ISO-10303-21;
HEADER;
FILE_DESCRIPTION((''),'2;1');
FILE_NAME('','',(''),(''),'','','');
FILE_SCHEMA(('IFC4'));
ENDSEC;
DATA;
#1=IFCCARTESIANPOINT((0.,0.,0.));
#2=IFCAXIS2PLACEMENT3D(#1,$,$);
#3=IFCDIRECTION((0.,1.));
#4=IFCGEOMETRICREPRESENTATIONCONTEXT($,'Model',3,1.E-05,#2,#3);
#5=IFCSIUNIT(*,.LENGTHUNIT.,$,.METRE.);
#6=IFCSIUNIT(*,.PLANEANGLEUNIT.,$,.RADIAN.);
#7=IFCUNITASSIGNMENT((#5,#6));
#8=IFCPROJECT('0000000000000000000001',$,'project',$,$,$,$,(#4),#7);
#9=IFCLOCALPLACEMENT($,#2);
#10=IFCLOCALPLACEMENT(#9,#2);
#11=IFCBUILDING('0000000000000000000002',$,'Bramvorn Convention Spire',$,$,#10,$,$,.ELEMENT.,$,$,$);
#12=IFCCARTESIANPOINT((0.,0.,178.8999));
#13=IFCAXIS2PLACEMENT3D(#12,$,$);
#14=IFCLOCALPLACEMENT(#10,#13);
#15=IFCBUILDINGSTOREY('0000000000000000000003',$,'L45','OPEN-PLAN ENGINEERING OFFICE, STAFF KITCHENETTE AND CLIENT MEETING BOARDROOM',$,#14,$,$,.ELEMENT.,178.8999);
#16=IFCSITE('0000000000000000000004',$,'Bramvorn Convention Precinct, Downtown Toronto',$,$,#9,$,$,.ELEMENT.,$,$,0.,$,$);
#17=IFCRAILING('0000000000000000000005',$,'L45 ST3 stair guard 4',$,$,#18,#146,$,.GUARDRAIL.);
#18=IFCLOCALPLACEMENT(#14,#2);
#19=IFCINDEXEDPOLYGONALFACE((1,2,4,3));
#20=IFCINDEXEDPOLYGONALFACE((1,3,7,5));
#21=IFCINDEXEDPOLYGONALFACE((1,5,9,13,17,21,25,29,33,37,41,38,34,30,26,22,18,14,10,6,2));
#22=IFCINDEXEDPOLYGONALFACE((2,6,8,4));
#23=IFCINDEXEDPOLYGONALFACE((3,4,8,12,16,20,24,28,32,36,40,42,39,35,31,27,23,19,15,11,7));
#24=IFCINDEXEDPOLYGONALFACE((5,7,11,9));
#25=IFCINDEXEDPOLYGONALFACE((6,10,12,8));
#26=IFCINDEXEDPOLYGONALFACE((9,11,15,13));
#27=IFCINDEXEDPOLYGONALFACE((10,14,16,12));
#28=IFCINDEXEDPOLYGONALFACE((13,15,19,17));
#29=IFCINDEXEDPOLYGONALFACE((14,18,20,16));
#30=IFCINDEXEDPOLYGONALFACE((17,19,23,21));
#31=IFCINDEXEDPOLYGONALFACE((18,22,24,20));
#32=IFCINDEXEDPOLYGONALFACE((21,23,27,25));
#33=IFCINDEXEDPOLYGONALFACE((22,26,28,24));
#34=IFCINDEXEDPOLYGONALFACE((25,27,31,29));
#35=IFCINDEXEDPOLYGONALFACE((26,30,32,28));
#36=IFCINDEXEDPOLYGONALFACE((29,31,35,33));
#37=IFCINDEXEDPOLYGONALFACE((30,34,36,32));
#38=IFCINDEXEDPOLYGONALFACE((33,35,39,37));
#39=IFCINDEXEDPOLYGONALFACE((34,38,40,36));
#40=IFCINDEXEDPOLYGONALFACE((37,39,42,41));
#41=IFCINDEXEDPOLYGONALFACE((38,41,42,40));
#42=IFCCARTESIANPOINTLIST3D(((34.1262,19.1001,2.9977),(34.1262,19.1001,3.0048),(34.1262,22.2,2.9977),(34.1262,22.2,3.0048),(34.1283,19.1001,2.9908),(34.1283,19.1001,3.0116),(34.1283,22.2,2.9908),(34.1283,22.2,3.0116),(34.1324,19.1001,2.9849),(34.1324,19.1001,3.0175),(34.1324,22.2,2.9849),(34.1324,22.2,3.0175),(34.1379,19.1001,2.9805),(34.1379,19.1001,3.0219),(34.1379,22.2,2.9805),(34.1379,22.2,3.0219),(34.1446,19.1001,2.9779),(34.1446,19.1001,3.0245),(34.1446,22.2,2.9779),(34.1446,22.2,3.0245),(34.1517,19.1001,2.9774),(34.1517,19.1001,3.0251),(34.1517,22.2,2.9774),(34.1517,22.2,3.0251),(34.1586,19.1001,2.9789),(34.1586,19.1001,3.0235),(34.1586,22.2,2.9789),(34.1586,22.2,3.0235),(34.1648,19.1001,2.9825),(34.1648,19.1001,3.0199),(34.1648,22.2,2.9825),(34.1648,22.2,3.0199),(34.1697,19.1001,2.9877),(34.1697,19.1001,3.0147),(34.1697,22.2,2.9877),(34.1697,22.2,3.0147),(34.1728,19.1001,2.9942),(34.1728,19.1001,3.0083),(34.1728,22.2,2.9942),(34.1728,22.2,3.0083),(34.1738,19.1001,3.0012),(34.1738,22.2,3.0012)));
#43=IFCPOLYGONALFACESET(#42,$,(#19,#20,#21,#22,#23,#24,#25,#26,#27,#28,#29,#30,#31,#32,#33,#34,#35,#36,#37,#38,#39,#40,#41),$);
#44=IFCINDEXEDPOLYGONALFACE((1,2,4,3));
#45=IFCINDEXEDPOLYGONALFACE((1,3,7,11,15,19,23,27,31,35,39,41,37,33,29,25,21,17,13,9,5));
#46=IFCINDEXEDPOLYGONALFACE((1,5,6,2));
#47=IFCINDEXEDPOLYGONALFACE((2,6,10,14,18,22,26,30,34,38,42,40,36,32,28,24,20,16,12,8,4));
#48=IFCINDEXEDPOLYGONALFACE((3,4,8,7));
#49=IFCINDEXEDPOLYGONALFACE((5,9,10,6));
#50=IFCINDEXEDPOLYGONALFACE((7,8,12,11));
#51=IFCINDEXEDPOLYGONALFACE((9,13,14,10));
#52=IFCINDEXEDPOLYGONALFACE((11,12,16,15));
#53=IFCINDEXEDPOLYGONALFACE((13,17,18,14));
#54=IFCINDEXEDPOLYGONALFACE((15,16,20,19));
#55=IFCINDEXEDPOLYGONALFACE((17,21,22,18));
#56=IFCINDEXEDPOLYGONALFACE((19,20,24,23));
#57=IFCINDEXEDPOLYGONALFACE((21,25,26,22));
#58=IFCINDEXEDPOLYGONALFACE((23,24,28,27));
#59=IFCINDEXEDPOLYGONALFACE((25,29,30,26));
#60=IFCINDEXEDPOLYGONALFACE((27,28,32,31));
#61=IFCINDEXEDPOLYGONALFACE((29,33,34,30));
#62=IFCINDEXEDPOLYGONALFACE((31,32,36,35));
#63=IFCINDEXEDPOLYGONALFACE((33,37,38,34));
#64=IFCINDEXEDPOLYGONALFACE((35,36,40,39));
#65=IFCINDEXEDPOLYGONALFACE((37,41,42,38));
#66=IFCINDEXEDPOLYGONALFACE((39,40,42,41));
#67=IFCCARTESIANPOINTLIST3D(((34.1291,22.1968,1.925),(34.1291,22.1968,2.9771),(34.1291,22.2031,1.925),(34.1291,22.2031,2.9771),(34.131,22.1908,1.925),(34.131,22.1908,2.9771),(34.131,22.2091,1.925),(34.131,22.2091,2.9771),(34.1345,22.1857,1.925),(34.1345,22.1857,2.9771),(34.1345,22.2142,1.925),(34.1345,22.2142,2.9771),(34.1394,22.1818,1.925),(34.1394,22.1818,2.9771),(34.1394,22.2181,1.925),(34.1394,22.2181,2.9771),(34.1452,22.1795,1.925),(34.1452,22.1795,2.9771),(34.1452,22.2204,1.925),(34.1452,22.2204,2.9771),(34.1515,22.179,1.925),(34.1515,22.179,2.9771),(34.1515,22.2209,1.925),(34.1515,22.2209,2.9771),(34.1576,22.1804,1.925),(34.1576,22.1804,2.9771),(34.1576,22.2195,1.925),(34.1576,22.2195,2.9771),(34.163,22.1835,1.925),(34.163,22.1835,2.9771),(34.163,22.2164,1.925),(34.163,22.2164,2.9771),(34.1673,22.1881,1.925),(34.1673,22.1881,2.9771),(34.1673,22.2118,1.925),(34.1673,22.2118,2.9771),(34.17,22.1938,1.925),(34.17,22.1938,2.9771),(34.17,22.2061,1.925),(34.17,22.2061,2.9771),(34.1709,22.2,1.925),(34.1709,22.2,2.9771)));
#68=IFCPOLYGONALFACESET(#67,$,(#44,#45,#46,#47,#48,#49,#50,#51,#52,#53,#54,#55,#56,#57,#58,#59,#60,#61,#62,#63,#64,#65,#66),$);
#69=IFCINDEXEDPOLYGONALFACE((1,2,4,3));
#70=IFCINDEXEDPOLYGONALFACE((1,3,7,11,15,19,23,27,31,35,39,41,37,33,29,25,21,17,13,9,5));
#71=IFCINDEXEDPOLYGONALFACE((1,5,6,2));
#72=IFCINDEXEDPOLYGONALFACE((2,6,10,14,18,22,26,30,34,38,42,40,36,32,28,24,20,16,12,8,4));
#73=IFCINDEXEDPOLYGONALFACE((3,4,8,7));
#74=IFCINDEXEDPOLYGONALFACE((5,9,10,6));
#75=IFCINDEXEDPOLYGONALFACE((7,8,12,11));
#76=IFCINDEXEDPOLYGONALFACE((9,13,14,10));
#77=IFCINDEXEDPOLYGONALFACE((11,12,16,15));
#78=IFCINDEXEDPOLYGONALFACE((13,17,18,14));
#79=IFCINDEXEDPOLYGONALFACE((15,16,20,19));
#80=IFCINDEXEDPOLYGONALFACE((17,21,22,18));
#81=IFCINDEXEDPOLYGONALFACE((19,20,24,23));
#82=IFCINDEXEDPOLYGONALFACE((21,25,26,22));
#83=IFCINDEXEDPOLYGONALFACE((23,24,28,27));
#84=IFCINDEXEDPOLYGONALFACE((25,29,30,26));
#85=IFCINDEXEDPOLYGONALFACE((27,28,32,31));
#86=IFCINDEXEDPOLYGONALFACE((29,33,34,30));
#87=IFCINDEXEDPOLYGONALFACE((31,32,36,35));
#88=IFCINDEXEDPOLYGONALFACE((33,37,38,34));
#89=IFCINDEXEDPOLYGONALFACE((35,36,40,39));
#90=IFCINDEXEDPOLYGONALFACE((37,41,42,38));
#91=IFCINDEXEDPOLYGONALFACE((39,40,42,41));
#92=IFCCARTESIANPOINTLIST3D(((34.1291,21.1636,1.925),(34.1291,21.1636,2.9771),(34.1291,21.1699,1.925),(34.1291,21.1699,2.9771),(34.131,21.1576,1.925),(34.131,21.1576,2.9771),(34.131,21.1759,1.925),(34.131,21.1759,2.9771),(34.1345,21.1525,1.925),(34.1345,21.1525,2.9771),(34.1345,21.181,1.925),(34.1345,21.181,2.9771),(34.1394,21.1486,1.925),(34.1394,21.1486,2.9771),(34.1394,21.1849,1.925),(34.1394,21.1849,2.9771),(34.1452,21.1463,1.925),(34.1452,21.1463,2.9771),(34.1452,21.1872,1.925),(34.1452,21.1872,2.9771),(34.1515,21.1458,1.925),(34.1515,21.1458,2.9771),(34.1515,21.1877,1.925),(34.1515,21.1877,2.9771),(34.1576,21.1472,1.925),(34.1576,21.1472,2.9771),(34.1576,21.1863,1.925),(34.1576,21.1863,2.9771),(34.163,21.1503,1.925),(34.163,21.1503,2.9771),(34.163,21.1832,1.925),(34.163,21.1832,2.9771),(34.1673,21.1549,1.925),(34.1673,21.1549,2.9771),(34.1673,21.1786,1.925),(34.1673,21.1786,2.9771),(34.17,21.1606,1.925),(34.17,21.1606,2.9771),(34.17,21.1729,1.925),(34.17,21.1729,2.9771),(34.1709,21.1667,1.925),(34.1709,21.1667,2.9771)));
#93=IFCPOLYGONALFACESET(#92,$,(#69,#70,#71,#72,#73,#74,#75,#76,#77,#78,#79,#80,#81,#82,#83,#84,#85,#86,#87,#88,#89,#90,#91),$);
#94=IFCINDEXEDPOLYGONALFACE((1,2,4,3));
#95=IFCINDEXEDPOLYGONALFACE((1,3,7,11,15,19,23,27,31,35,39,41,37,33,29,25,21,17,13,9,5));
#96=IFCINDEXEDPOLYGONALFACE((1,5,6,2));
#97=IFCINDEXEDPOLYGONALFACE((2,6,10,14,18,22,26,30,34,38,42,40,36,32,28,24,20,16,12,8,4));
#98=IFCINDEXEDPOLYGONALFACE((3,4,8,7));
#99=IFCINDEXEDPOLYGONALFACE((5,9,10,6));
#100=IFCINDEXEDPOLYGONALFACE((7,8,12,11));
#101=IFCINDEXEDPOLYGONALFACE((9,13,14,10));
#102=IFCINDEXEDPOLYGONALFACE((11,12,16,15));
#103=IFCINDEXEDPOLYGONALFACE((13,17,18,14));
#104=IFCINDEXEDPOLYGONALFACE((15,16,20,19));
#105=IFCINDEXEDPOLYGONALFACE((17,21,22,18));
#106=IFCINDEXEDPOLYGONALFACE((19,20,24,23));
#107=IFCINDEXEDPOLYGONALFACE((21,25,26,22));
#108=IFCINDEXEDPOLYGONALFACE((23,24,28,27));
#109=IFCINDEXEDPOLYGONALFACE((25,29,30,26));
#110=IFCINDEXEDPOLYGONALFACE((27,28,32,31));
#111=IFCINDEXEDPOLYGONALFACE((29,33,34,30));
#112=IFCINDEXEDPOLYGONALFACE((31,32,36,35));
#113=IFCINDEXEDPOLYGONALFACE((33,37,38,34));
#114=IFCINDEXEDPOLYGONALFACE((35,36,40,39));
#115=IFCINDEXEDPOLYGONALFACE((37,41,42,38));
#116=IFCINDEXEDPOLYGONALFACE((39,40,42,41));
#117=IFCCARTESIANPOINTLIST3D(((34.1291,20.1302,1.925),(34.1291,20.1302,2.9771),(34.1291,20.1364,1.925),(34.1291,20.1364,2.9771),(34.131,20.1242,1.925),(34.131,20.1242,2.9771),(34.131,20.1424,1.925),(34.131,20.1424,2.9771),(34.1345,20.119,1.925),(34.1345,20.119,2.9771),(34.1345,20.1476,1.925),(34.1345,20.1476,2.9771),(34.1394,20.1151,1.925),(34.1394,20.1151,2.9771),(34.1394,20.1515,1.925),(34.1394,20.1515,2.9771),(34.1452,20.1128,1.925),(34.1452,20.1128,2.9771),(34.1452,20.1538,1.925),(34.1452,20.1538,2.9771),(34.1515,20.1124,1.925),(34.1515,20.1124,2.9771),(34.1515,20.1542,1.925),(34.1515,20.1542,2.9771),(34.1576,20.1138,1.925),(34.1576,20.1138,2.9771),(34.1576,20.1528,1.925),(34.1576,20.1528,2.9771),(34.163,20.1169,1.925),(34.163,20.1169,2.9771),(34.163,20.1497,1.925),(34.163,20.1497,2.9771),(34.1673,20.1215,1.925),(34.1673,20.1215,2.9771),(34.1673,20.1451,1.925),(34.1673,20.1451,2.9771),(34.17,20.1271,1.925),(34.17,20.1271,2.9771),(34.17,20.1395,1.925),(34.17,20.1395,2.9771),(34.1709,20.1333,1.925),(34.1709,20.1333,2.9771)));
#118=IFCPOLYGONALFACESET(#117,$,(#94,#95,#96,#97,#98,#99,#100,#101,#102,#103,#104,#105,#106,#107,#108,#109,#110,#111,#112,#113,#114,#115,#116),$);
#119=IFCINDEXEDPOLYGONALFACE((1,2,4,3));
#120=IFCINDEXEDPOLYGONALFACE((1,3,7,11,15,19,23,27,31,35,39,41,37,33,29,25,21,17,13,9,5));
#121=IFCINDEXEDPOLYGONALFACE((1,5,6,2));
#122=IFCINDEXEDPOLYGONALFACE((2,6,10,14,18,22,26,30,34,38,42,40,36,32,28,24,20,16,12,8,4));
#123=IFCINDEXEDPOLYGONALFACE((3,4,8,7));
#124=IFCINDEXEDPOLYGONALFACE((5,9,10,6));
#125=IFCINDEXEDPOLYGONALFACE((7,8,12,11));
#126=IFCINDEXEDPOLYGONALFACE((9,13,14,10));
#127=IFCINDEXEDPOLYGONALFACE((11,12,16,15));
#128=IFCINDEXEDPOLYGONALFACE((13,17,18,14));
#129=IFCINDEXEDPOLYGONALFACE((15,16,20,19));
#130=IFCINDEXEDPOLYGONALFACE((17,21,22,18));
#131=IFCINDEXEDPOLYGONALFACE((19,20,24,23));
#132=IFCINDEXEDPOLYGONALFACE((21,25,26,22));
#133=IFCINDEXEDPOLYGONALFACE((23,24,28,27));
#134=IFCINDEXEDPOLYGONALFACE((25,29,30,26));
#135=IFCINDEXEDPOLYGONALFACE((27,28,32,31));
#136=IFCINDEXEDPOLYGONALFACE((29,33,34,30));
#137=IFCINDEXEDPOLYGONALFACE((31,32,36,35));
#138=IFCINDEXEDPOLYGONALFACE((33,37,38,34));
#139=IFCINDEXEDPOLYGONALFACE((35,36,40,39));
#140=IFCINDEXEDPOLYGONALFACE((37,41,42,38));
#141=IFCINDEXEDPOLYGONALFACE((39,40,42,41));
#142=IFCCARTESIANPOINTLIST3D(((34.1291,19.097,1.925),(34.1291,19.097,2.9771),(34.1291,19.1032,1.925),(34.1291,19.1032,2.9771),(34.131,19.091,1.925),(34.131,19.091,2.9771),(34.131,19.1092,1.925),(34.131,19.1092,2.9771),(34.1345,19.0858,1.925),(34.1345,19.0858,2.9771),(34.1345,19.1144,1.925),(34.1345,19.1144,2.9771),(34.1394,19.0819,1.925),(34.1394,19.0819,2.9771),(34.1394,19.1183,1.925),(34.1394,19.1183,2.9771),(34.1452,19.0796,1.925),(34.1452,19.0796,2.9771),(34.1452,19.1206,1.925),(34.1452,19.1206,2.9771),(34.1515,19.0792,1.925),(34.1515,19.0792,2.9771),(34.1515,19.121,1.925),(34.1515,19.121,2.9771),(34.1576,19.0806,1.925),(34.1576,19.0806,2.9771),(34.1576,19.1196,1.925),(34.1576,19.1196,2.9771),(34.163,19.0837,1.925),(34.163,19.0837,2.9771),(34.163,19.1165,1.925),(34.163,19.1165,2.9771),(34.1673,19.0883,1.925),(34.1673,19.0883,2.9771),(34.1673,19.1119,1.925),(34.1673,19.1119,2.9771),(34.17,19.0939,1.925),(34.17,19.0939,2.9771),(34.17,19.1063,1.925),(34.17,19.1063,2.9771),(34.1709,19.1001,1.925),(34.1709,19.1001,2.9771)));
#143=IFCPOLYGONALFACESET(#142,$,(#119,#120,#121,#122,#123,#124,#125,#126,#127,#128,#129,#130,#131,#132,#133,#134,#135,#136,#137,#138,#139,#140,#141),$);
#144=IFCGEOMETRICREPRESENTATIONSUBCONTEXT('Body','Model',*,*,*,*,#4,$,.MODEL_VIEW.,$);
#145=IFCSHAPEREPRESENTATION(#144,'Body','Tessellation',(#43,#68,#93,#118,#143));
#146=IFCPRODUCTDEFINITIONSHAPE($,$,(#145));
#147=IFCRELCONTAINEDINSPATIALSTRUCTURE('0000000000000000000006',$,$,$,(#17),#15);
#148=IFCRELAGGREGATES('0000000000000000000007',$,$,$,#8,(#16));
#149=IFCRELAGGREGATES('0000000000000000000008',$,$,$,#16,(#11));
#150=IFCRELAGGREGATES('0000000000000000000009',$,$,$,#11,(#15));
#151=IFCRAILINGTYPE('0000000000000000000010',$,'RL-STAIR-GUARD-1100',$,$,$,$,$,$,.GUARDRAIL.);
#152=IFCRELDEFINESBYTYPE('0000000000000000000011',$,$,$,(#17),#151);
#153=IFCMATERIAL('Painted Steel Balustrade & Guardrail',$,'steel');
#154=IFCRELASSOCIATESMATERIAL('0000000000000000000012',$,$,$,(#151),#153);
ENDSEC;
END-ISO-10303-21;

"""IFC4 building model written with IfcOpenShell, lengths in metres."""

from ifc_helpers import new_model, si_unit, direction, frame, origin, origin_2d, place, context, subcontext, project, spatial, circle, extrude, material, type_object, element, save


model = new_model("IFC4")

# Units and contexts
model_context = context("Model", 3, precision=1e-05, world=origin(), true_north=direction((0.0, 1.0)))
body_context = subcontext(model_context, "Body", "Model", "MODEL_VIEW")
ifc_project = project(units=[si_unit("LENGTHUNIT", "METRE"), si_unit("PLANEANGLEUNIT", "RADIAN")], contexts=[model_context])

# Site, building, storey
site_placement = place(None, origin())
site = spatial("IfcSite", under=ifc_project, at=site_placement, Name="Bramvorn Convention Precinct, Downtown Toronto", CompositionType="ELEMENT", RefElevation=0.0)
building_placement = place(site_placement, origin())
building = spatial("IfcBuilding", under=site, at=building_placement, Name="Bramvorn Convention Spire", CompositionType="ELEMENT")
storey_placement = place(building_placement, frame((0.0, 0.0, 178.8999)))
storey = spatial("IfcBuildingStorey", under=building, at=storey_placement, Name="L45", Description="OPEN-PLAN ENGINEERING OFFICE, STAFF KITCHENETTE AND CLIENT MEETING BOARDROOM", CompositionType="ELEMENT", Elevation=178.8999)

# Railing
ifc_material_1 = material(Name="Painted Steel Balustrade & Guardrail", Category="steel")
railing_type_1 = type_object("IfcRailingType", Name="RL-STAIR-GUARD-1100", PredefinedType="GUARDRAIL", material=ifc_material_1)
for number, where, name in (
    (1, (34.1499, 22.2, 1.925), "L45 ST3 stair guard 4"),
):
    element("IfcRailing", number, at=place(storey_placement, frame(where)), inside=storey, type_object=railing_type_1, Name=name, PredefinedType="GUARDRAIL", context=body_context, shape_type="SweptSolid", body=[
        extrude(circle(Radius=0.0239, at=origin_2d()), frame((0.0, 0.0, 1.0762), z_axis=(0.0, -1.0, 0.0), x_axis=(1.0, 0.0, 0.0)), (0.0, 0.0, 1.0), 3.0999),
        extrude(circle(Radius=0.021, at=origin_2d()), origin(), (0.0, 0.0, 1.0), 1.052),
        extrude(circle(Radius=0.021, at=origin_2d()), frame((0.0, -1.0332, 0.0)), (0.0, 0.0, 1.0), 1.052),
        extrude(circle(Radius=0.021, at=origin_2d()), frame((0.0, -2.0667, 0.0)), (0.0, 0.0, 1.0), 1.052),
        extrude(circle(Radius=0.021, at=origin_2d()), frame((0.0, -3.0999, 0.0)), (0.0, 0.0, 1.0), 1.052),
    ])

save(model, "model.ifc")
